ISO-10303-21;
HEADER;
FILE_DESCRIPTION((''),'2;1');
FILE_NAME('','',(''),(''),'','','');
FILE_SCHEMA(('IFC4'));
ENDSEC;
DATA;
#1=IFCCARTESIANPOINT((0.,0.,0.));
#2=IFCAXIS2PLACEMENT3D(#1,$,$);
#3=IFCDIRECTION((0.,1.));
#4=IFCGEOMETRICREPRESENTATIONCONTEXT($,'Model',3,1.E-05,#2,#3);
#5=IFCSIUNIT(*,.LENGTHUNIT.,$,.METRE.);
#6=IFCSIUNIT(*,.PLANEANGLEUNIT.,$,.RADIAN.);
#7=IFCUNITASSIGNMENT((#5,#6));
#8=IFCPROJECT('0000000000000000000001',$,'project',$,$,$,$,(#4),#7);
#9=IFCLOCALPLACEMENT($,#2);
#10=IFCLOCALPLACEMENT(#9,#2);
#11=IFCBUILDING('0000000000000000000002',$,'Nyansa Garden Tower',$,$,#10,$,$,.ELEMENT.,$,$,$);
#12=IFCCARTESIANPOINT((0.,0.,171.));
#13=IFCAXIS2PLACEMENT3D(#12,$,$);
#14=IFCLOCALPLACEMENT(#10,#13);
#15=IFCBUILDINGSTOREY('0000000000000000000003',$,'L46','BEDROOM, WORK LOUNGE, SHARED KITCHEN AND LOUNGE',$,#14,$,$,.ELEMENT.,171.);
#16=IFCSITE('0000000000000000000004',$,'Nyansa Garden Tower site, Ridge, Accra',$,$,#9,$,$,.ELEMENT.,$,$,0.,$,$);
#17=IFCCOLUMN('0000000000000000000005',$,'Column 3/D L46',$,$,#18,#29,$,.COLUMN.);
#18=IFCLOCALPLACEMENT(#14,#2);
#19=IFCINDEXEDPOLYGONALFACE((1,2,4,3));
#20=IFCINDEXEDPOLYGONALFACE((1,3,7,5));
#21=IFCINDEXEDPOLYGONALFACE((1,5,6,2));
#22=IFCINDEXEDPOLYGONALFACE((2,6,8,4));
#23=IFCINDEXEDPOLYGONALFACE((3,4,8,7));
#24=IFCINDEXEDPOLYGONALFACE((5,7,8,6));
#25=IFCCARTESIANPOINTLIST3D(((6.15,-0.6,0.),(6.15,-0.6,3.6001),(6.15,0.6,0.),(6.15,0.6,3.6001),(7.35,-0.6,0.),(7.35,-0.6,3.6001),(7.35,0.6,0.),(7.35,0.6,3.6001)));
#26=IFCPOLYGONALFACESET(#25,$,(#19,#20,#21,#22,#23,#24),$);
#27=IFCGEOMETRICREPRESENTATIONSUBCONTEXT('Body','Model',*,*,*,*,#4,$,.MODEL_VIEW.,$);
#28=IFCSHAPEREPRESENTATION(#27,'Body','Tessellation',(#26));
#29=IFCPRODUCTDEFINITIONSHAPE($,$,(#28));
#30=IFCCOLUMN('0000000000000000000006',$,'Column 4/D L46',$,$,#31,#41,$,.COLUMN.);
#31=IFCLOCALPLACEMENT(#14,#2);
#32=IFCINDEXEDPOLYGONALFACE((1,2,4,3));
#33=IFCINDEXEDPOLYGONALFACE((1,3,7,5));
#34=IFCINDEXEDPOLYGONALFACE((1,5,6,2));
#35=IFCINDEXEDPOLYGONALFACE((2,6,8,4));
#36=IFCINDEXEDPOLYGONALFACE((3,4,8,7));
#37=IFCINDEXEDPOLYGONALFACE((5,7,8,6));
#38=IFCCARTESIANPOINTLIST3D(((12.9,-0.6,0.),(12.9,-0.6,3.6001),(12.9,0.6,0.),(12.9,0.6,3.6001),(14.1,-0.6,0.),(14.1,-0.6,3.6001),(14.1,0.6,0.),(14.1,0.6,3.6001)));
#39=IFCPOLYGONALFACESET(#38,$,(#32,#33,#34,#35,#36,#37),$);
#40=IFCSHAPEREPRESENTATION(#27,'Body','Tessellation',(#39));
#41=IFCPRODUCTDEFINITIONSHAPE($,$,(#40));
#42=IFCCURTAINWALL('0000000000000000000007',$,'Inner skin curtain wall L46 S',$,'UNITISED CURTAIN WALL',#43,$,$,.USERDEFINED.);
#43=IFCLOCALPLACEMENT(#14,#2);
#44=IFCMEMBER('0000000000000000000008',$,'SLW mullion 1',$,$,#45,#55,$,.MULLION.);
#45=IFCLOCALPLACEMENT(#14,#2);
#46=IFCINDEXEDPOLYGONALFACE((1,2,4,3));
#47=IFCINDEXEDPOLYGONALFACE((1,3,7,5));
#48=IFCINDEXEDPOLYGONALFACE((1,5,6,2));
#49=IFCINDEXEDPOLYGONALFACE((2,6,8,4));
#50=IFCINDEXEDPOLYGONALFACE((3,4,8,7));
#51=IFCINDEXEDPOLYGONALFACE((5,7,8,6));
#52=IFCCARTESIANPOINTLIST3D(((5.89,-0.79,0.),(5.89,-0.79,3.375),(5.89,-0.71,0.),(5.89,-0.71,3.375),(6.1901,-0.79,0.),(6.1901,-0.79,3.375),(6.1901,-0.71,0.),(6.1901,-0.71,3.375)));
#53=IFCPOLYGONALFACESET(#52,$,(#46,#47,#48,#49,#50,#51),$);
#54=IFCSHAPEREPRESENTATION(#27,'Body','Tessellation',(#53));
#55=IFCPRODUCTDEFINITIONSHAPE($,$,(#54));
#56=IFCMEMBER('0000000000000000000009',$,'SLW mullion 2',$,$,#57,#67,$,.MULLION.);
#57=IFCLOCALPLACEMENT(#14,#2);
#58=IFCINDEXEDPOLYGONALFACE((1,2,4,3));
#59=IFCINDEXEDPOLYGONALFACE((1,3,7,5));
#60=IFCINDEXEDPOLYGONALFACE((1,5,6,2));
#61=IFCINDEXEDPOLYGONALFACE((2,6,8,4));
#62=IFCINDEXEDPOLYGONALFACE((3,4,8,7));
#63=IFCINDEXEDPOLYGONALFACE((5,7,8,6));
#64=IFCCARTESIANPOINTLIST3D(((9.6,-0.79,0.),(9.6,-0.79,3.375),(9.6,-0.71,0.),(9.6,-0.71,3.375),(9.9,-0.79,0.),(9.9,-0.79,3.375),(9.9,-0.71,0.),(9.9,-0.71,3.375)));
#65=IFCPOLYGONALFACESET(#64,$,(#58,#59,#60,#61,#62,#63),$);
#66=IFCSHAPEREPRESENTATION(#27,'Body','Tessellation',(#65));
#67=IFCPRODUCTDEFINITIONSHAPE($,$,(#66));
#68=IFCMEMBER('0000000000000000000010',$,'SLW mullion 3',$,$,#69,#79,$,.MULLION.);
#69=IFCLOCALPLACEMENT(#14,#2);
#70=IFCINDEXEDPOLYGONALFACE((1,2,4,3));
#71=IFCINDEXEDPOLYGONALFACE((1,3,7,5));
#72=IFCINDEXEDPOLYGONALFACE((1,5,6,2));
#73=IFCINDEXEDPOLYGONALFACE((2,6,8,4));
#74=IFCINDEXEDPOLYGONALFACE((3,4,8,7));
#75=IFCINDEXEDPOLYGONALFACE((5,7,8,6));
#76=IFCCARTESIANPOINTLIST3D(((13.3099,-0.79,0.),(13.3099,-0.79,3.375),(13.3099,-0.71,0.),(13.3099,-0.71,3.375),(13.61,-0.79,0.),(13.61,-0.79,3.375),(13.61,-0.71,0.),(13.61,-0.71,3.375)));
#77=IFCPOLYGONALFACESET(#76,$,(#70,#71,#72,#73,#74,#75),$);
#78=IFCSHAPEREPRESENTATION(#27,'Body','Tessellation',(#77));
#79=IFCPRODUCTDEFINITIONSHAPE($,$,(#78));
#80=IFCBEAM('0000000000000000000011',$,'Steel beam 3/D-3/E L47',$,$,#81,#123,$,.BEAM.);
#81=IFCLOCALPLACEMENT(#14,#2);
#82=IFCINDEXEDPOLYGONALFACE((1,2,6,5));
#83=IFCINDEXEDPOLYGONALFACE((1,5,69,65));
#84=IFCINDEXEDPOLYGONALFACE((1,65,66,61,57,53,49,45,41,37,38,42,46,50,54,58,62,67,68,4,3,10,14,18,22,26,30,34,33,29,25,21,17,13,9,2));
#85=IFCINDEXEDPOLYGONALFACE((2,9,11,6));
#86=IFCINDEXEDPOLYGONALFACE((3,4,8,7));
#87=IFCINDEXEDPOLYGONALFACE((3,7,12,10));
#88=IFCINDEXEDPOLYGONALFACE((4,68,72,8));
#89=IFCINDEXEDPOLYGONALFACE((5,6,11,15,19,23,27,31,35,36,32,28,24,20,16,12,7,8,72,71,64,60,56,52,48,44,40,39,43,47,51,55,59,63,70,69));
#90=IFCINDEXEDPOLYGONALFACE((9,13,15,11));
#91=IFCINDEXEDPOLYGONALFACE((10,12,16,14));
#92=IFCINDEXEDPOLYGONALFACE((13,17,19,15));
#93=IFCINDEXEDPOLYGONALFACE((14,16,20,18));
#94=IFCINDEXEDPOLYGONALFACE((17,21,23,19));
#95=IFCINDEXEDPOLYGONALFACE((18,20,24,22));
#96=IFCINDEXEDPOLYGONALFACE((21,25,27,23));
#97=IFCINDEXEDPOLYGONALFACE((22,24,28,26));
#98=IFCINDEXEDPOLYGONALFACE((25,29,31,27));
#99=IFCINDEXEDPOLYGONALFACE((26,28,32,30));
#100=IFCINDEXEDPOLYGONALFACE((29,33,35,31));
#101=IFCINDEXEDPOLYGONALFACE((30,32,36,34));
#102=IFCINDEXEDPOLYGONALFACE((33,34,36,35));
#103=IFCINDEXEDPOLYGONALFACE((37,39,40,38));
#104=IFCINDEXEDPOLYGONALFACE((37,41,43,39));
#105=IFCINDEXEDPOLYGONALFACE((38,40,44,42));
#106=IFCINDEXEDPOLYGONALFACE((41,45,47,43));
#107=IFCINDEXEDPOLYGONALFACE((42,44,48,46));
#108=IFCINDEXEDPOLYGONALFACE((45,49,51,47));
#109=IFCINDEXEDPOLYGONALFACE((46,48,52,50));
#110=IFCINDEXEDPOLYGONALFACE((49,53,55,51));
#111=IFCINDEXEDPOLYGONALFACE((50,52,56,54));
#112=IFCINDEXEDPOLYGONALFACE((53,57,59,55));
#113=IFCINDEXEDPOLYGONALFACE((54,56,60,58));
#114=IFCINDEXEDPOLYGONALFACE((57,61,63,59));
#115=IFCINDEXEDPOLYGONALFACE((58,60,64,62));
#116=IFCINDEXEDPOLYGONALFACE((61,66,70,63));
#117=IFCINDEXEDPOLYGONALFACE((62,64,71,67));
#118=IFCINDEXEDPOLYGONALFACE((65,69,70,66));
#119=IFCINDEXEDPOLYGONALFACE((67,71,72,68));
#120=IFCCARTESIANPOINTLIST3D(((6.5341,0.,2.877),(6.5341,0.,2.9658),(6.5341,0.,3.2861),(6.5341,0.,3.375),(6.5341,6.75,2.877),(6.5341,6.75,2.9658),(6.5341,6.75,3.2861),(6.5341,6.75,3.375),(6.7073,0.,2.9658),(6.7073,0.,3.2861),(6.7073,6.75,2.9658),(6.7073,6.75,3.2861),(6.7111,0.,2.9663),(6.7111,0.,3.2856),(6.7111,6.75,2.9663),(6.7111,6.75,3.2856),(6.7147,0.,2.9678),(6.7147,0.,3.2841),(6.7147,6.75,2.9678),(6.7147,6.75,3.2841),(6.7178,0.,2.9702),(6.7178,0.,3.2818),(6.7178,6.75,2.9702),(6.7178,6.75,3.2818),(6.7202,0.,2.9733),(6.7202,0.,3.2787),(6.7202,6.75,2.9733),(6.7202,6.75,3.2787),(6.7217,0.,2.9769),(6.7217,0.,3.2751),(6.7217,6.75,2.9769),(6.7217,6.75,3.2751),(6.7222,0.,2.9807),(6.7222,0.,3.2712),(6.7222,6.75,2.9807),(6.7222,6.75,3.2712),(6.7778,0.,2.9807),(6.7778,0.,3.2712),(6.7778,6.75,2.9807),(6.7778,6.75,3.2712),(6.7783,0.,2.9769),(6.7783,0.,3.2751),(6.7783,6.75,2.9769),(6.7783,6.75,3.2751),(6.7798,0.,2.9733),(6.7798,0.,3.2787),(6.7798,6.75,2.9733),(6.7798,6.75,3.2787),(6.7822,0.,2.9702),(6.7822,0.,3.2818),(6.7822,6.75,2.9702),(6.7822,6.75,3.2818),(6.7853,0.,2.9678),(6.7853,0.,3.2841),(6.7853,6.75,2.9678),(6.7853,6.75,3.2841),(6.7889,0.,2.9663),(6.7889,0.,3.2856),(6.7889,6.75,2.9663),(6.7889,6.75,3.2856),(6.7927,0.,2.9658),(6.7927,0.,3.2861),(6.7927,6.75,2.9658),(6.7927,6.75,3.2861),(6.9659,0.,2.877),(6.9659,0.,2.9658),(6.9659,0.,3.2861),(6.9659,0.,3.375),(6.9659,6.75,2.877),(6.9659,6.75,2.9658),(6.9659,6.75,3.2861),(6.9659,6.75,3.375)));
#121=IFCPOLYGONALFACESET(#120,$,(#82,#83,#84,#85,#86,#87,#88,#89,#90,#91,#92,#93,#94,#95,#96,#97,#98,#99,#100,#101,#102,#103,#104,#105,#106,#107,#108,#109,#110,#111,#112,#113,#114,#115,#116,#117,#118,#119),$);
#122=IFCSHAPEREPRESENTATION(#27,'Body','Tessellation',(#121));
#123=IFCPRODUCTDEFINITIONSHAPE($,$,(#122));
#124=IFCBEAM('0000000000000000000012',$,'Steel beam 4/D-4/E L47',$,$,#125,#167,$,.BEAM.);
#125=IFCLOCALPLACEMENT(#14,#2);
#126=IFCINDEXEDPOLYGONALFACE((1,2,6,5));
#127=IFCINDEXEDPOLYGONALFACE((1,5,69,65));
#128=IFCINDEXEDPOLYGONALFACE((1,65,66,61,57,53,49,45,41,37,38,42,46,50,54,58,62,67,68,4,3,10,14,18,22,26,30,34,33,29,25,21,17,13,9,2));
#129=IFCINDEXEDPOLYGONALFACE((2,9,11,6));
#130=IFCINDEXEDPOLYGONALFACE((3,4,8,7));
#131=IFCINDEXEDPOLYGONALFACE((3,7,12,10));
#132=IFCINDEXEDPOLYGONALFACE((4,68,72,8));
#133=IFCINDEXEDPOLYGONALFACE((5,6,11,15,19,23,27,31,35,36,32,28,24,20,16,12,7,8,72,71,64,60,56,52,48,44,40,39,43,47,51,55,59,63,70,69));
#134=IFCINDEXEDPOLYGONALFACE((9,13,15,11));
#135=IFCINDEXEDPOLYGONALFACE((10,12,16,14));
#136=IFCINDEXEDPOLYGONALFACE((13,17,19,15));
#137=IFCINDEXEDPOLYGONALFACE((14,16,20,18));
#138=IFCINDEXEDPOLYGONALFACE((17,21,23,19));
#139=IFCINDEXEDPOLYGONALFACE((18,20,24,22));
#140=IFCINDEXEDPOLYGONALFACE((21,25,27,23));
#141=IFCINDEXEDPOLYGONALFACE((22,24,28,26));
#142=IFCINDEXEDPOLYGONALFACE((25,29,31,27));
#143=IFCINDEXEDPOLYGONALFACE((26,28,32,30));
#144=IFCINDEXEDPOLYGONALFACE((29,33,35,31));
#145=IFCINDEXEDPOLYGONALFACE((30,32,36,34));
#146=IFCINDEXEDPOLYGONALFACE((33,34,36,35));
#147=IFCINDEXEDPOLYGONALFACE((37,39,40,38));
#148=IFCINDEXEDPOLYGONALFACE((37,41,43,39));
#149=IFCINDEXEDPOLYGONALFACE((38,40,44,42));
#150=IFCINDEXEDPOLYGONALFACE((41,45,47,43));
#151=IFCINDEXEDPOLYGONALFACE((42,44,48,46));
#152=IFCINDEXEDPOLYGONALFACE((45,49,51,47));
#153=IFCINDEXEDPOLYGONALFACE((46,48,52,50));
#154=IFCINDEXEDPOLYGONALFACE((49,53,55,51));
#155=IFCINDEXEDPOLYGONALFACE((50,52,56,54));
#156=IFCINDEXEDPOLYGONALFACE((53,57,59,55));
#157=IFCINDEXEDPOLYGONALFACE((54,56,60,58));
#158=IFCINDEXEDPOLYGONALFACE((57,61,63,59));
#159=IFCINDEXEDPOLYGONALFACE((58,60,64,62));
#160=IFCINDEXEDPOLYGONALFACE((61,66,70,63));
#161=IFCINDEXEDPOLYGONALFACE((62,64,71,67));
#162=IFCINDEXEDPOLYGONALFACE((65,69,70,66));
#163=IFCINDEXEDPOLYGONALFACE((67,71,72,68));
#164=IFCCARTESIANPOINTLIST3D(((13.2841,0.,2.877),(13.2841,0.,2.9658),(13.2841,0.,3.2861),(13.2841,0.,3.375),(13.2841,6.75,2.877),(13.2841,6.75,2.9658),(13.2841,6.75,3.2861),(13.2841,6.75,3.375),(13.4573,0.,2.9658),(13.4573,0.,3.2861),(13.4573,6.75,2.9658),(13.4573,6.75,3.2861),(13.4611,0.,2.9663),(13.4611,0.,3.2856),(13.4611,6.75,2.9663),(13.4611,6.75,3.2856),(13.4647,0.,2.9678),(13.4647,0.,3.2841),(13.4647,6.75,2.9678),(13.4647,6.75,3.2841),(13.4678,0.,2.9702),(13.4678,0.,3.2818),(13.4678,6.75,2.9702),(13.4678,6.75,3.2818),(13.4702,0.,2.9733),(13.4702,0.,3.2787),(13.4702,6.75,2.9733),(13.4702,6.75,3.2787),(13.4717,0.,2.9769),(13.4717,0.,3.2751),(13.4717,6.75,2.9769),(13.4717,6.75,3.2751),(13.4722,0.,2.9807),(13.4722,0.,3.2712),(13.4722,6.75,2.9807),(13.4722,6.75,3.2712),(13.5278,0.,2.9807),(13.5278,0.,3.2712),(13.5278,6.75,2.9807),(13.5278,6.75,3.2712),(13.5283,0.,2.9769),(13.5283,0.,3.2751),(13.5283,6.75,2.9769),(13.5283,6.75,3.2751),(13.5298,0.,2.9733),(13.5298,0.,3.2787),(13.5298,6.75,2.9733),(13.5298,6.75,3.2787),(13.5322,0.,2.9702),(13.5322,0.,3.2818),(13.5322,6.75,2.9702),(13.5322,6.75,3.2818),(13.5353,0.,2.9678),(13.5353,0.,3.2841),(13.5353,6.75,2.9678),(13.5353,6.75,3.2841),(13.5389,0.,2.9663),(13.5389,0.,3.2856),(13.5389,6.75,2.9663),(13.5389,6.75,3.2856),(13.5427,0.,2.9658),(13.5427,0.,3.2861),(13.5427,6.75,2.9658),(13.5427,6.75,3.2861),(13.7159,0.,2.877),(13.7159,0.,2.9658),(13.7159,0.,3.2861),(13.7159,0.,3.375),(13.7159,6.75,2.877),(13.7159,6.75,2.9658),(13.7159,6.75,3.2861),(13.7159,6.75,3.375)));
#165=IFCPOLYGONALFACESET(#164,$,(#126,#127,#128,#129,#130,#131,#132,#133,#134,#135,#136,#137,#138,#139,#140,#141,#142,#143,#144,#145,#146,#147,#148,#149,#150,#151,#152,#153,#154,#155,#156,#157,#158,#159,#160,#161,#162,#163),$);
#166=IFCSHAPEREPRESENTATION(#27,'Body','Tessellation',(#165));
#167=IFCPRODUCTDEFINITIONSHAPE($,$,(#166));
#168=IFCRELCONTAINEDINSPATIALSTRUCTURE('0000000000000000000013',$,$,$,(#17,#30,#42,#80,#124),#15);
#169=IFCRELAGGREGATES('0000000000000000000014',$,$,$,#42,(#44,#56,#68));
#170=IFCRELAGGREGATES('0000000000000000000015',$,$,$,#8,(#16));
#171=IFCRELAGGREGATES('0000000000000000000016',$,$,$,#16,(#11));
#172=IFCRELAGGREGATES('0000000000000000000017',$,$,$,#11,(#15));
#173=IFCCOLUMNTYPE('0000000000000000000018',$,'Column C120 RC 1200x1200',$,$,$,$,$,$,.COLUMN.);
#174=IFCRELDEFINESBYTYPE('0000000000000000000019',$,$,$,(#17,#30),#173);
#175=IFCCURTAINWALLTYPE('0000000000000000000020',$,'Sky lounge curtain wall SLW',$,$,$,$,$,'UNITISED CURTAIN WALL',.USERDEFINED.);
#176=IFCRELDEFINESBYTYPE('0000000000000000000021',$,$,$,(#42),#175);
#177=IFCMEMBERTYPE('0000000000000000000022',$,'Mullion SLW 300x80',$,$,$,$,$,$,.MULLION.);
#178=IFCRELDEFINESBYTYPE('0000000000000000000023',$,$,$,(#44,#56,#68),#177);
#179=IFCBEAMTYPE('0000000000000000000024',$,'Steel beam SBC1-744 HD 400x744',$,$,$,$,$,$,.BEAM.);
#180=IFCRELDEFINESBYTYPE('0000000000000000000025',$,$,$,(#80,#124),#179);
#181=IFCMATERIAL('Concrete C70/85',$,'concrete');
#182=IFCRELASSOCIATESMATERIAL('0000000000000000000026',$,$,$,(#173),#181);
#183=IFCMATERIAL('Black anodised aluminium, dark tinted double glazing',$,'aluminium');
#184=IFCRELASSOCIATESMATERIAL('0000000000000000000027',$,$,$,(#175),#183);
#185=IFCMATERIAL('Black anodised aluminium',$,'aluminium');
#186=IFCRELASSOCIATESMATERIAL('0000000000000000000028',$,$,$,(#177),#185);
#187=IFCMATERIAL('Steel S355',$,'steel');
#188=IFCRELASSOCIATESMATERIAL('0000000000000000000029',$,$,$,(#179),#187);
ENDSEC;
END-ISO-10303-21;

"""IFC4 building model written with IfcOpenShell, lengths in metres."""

from ifc_helpers import new_model, si_unit, direction, frame, origin, origin_2d, place, context, subcontext, project, spatial, rectangle, i_section, extrude, material, material_profile, profile_set, type_object, element, aggregate, save


model = new_model("IFC4")

# Units and contexts
model_context = context("Model", 3, precision=1e-05, world=origin(), true_north=direction((0.0, 1.0)))
body_context = subcontext(model_context, "Body", "Model", "MODEL_VIEW")
ifc_project = project(units=[si_unit("LENGTHUNIT", "METRE"), si_unit("PLANEANGLEUNIT", "RADIAN")], contexts=[model_context])

# Site, building, storey
site_placement = place(None, origin())
site = spatial("IfcSite", under=ifc_project, at=site_placement, Name="Nyansa Garden Tower site, Ridge, Accra", CompositionType="ELEMENT", RefElevation=0.0)
building_placement = place(site_placement, origin())
building = spatial("IfcBuilding", under=site, at=building_placement, Name="Nyansa Garden Tower", CompositionType="ELEMENT")
storey_placement = place(building_placement, frame((0.0, 0.0, 171.0)))
storey = spatial("IfcBuildingStorey", under=building, at=storey_placement, Name="L46", Description="BEDROOM, WORK LOUNGE, SHARED KITCHEN AND LOUNGE", CompositionType="ELEMENT", Elevation=171.0)

# Columns
ifc_material_1 = material(Name="Concrete C70/85", Category="concrete")
ifc_material_profile_1 = material_profile(ifc_material_1, rectangle(XDim=1.2, YDim=1.2, at=origin_2d()), Name="RC 1200x1200")
ifc_profile_set_1 = profile_set([ifc_material_profile_1], Name="Concrete C70/85")
column_type = type_object("IfcColumnType", Name="Column C120 RC 1200x1200", PredefinedType="COLUMN", material=ifc_profile_set_1)
for number, where, z_axis, x_axis, name in (
    (1, (6.75, 0.0, 0.0), (0.0, 0.0, 1.0), (1.0, 0.0, 0.0), "Column 3/D L46"),
    (2, (13.5, 0.0, 0.0), (0.0, 0.0, 1.0), (1.0, 0.0, 0.0), "Column 4/D L46"),
):
    element("IfcColumn", number, at=place(storey_placement, frame(where, z_axis=z_axis, x_axis=x_axis)), inside=storey, type_object=column_type, Name=name, PredefinedType="COLUMN", context=body_context, shape_type="SweptSolid", body=[
        extrude(rectangle(XDim=1.2, YDim=1.2, at=origin_2d()), origin(), (0.0, 0.0, 1.0), 3.6001),
    ])

# Curtain wall, members
ifc_material_2 = material(Name="Black anodised aluminium, dark tinted double glazing", Category="aluminium")
curtain_wall_type = type_object("IfcCurtainWallType", Name="Sky lounge curtain wall SLW", ElementType="UNITISED CURTAIN WALL", PredefinedType="USERDEFINED", material=ifc_material_2)
curtain_wall_placement = place(storey_placement, origin())
curtain_wall = element("IfcCurtainWall", 3, at=curtain_wall_placement, inside=storey, type_object=curtain_wall_type, Name="Inner skin curtain wall L46 S", ObjectType="UNITISED CURTAIN WALL", PredefinedType="USERDEFINED")
ifc_material_3 = material(Name="Black anodised aluminium", Category="aluminium")
ifc_material_profile_2 = material_profile(ifc_material_3, rectangle(XDim=0.0801, YDim=0.3, at=origin_2d()), Name="Mullion 300x80")
ifc_profile_set_2 = profile_set([ifc_material_profile_2], Name="Black anodised aluminium")
member_type_1 = type_object("IfcMemberType", Name="Mullion SLW 300x80", PredefinedType="MULLION", material=ifc_profile_set_2)
member_1_placement = place(storey_placement, frame((6.04, -0.75, 0.0), z_axis=(0.0, 0.0, 1.0), x_axis=(0.0, 1.0, 0.0)))
member_1 = element("IfcMember", 4, at=member_1_placement, type_object=member_type_1, Name="SLW mullion 1", PredefinedType="MULLION", context=body_context, shape_type="SweptSolid", body=[
    extrude(rectangle(XDim=0.0801, YDim=0.3, at=origin_2d()), origin(), (0.0, 0.0, 1.0), 3.375),
])
member_2_placement = place(storey_placement, frame((9.75, -0.75, 0.0), z_axis=(0.0, 0.0, 1.0), x_axis=(0.0, 1.0, 0.0)))
member_2 = element("IfcMember", 5, at=member_2_placement, type_object=member_type_1, Name="SLW mullion 2", PredefinedType="MULLION", context=body_context, shape_type="SweptSolid", body=[
    extrude(rectangle(XDim=0.0801, YDim=0.3, at=origin_2d()), origin(), (0.0, 0.0, 1.0), 3.375),
])
member_3_placement = place(storey_placement, frame((13.46, -0.75, 0.0), z_axis=(0.0, 0.0, 1.0), x_axis=(0.0, 1.0, 0.0)))
member_3 = element("IfcMember", 6, at=member_3_placement, type_object=member_type_1, Name="SLW mullion 3", PredefinedType="MULLION", context=body_context, shape_type="SweptSolid", body=[
    extrude(rectangle(XDim=0.0801, YDim=0.3, at=origin_2d()), origin(), (0.0, 0.0, 1.0), 3.375),
])

# Beams
ifc_material_4 = material(Name="Steel S355", Category="steel")
ifc_material_profile_3 = material_profile(ifc_material_4, i_section(OverallWidth=0.4319, OverallDepth=0.498, WebThickness=0.0557, FlangeThickness=0.0889, FilletRadius=0.0149, at=origin_2d()), Name="HD 400x744")
ifc_profile_set_3 = profile_set([ifc_material_profile_3], Name="Steel S355")
beam_type_1 = type_object("IfcBeamType", Name="Steel beam SBC1-744 HD 400x744", PredefinedType="BEAM", material=ifc_profile_set_3)
for number, where, z_axis, x_axis, name in (
    (7, (6.75, 0.0, 3.126), (0.0, 1.0, 0.0), (-1.0, 0.0, 0.0), "Steel beam 3/D-3/E L47"),
    (8, (13.5, 0.0, 3.126), (0.0, 1.0, 0.0), (-1.0, 0.0, 0.0), "Steel beam 4/D-4/E L47"),
):
    element("IfcBeam", number, at=place(storey_placement, frame(where, z_axis=z_axis, x_axis=x_axis)), inside=storey, type_object=beam_type_1, Name=name, PredefinedType="BEAM", context=body_context, shape_type="SweptSolid", body=[
        extrude(i_section(OverallWidth=0.4319, OverallDepth=0.498, WebThickness=0.0557, FlangeThickness=0.0889, FilletRadius=0.0149, at=origin_2d()), origin(), (0.0, 0.0, 1.0), 6.75),
    ])

aggregate(curtain_wall, [member_1, member_2, member_3])

save(model, "model.ifc")
